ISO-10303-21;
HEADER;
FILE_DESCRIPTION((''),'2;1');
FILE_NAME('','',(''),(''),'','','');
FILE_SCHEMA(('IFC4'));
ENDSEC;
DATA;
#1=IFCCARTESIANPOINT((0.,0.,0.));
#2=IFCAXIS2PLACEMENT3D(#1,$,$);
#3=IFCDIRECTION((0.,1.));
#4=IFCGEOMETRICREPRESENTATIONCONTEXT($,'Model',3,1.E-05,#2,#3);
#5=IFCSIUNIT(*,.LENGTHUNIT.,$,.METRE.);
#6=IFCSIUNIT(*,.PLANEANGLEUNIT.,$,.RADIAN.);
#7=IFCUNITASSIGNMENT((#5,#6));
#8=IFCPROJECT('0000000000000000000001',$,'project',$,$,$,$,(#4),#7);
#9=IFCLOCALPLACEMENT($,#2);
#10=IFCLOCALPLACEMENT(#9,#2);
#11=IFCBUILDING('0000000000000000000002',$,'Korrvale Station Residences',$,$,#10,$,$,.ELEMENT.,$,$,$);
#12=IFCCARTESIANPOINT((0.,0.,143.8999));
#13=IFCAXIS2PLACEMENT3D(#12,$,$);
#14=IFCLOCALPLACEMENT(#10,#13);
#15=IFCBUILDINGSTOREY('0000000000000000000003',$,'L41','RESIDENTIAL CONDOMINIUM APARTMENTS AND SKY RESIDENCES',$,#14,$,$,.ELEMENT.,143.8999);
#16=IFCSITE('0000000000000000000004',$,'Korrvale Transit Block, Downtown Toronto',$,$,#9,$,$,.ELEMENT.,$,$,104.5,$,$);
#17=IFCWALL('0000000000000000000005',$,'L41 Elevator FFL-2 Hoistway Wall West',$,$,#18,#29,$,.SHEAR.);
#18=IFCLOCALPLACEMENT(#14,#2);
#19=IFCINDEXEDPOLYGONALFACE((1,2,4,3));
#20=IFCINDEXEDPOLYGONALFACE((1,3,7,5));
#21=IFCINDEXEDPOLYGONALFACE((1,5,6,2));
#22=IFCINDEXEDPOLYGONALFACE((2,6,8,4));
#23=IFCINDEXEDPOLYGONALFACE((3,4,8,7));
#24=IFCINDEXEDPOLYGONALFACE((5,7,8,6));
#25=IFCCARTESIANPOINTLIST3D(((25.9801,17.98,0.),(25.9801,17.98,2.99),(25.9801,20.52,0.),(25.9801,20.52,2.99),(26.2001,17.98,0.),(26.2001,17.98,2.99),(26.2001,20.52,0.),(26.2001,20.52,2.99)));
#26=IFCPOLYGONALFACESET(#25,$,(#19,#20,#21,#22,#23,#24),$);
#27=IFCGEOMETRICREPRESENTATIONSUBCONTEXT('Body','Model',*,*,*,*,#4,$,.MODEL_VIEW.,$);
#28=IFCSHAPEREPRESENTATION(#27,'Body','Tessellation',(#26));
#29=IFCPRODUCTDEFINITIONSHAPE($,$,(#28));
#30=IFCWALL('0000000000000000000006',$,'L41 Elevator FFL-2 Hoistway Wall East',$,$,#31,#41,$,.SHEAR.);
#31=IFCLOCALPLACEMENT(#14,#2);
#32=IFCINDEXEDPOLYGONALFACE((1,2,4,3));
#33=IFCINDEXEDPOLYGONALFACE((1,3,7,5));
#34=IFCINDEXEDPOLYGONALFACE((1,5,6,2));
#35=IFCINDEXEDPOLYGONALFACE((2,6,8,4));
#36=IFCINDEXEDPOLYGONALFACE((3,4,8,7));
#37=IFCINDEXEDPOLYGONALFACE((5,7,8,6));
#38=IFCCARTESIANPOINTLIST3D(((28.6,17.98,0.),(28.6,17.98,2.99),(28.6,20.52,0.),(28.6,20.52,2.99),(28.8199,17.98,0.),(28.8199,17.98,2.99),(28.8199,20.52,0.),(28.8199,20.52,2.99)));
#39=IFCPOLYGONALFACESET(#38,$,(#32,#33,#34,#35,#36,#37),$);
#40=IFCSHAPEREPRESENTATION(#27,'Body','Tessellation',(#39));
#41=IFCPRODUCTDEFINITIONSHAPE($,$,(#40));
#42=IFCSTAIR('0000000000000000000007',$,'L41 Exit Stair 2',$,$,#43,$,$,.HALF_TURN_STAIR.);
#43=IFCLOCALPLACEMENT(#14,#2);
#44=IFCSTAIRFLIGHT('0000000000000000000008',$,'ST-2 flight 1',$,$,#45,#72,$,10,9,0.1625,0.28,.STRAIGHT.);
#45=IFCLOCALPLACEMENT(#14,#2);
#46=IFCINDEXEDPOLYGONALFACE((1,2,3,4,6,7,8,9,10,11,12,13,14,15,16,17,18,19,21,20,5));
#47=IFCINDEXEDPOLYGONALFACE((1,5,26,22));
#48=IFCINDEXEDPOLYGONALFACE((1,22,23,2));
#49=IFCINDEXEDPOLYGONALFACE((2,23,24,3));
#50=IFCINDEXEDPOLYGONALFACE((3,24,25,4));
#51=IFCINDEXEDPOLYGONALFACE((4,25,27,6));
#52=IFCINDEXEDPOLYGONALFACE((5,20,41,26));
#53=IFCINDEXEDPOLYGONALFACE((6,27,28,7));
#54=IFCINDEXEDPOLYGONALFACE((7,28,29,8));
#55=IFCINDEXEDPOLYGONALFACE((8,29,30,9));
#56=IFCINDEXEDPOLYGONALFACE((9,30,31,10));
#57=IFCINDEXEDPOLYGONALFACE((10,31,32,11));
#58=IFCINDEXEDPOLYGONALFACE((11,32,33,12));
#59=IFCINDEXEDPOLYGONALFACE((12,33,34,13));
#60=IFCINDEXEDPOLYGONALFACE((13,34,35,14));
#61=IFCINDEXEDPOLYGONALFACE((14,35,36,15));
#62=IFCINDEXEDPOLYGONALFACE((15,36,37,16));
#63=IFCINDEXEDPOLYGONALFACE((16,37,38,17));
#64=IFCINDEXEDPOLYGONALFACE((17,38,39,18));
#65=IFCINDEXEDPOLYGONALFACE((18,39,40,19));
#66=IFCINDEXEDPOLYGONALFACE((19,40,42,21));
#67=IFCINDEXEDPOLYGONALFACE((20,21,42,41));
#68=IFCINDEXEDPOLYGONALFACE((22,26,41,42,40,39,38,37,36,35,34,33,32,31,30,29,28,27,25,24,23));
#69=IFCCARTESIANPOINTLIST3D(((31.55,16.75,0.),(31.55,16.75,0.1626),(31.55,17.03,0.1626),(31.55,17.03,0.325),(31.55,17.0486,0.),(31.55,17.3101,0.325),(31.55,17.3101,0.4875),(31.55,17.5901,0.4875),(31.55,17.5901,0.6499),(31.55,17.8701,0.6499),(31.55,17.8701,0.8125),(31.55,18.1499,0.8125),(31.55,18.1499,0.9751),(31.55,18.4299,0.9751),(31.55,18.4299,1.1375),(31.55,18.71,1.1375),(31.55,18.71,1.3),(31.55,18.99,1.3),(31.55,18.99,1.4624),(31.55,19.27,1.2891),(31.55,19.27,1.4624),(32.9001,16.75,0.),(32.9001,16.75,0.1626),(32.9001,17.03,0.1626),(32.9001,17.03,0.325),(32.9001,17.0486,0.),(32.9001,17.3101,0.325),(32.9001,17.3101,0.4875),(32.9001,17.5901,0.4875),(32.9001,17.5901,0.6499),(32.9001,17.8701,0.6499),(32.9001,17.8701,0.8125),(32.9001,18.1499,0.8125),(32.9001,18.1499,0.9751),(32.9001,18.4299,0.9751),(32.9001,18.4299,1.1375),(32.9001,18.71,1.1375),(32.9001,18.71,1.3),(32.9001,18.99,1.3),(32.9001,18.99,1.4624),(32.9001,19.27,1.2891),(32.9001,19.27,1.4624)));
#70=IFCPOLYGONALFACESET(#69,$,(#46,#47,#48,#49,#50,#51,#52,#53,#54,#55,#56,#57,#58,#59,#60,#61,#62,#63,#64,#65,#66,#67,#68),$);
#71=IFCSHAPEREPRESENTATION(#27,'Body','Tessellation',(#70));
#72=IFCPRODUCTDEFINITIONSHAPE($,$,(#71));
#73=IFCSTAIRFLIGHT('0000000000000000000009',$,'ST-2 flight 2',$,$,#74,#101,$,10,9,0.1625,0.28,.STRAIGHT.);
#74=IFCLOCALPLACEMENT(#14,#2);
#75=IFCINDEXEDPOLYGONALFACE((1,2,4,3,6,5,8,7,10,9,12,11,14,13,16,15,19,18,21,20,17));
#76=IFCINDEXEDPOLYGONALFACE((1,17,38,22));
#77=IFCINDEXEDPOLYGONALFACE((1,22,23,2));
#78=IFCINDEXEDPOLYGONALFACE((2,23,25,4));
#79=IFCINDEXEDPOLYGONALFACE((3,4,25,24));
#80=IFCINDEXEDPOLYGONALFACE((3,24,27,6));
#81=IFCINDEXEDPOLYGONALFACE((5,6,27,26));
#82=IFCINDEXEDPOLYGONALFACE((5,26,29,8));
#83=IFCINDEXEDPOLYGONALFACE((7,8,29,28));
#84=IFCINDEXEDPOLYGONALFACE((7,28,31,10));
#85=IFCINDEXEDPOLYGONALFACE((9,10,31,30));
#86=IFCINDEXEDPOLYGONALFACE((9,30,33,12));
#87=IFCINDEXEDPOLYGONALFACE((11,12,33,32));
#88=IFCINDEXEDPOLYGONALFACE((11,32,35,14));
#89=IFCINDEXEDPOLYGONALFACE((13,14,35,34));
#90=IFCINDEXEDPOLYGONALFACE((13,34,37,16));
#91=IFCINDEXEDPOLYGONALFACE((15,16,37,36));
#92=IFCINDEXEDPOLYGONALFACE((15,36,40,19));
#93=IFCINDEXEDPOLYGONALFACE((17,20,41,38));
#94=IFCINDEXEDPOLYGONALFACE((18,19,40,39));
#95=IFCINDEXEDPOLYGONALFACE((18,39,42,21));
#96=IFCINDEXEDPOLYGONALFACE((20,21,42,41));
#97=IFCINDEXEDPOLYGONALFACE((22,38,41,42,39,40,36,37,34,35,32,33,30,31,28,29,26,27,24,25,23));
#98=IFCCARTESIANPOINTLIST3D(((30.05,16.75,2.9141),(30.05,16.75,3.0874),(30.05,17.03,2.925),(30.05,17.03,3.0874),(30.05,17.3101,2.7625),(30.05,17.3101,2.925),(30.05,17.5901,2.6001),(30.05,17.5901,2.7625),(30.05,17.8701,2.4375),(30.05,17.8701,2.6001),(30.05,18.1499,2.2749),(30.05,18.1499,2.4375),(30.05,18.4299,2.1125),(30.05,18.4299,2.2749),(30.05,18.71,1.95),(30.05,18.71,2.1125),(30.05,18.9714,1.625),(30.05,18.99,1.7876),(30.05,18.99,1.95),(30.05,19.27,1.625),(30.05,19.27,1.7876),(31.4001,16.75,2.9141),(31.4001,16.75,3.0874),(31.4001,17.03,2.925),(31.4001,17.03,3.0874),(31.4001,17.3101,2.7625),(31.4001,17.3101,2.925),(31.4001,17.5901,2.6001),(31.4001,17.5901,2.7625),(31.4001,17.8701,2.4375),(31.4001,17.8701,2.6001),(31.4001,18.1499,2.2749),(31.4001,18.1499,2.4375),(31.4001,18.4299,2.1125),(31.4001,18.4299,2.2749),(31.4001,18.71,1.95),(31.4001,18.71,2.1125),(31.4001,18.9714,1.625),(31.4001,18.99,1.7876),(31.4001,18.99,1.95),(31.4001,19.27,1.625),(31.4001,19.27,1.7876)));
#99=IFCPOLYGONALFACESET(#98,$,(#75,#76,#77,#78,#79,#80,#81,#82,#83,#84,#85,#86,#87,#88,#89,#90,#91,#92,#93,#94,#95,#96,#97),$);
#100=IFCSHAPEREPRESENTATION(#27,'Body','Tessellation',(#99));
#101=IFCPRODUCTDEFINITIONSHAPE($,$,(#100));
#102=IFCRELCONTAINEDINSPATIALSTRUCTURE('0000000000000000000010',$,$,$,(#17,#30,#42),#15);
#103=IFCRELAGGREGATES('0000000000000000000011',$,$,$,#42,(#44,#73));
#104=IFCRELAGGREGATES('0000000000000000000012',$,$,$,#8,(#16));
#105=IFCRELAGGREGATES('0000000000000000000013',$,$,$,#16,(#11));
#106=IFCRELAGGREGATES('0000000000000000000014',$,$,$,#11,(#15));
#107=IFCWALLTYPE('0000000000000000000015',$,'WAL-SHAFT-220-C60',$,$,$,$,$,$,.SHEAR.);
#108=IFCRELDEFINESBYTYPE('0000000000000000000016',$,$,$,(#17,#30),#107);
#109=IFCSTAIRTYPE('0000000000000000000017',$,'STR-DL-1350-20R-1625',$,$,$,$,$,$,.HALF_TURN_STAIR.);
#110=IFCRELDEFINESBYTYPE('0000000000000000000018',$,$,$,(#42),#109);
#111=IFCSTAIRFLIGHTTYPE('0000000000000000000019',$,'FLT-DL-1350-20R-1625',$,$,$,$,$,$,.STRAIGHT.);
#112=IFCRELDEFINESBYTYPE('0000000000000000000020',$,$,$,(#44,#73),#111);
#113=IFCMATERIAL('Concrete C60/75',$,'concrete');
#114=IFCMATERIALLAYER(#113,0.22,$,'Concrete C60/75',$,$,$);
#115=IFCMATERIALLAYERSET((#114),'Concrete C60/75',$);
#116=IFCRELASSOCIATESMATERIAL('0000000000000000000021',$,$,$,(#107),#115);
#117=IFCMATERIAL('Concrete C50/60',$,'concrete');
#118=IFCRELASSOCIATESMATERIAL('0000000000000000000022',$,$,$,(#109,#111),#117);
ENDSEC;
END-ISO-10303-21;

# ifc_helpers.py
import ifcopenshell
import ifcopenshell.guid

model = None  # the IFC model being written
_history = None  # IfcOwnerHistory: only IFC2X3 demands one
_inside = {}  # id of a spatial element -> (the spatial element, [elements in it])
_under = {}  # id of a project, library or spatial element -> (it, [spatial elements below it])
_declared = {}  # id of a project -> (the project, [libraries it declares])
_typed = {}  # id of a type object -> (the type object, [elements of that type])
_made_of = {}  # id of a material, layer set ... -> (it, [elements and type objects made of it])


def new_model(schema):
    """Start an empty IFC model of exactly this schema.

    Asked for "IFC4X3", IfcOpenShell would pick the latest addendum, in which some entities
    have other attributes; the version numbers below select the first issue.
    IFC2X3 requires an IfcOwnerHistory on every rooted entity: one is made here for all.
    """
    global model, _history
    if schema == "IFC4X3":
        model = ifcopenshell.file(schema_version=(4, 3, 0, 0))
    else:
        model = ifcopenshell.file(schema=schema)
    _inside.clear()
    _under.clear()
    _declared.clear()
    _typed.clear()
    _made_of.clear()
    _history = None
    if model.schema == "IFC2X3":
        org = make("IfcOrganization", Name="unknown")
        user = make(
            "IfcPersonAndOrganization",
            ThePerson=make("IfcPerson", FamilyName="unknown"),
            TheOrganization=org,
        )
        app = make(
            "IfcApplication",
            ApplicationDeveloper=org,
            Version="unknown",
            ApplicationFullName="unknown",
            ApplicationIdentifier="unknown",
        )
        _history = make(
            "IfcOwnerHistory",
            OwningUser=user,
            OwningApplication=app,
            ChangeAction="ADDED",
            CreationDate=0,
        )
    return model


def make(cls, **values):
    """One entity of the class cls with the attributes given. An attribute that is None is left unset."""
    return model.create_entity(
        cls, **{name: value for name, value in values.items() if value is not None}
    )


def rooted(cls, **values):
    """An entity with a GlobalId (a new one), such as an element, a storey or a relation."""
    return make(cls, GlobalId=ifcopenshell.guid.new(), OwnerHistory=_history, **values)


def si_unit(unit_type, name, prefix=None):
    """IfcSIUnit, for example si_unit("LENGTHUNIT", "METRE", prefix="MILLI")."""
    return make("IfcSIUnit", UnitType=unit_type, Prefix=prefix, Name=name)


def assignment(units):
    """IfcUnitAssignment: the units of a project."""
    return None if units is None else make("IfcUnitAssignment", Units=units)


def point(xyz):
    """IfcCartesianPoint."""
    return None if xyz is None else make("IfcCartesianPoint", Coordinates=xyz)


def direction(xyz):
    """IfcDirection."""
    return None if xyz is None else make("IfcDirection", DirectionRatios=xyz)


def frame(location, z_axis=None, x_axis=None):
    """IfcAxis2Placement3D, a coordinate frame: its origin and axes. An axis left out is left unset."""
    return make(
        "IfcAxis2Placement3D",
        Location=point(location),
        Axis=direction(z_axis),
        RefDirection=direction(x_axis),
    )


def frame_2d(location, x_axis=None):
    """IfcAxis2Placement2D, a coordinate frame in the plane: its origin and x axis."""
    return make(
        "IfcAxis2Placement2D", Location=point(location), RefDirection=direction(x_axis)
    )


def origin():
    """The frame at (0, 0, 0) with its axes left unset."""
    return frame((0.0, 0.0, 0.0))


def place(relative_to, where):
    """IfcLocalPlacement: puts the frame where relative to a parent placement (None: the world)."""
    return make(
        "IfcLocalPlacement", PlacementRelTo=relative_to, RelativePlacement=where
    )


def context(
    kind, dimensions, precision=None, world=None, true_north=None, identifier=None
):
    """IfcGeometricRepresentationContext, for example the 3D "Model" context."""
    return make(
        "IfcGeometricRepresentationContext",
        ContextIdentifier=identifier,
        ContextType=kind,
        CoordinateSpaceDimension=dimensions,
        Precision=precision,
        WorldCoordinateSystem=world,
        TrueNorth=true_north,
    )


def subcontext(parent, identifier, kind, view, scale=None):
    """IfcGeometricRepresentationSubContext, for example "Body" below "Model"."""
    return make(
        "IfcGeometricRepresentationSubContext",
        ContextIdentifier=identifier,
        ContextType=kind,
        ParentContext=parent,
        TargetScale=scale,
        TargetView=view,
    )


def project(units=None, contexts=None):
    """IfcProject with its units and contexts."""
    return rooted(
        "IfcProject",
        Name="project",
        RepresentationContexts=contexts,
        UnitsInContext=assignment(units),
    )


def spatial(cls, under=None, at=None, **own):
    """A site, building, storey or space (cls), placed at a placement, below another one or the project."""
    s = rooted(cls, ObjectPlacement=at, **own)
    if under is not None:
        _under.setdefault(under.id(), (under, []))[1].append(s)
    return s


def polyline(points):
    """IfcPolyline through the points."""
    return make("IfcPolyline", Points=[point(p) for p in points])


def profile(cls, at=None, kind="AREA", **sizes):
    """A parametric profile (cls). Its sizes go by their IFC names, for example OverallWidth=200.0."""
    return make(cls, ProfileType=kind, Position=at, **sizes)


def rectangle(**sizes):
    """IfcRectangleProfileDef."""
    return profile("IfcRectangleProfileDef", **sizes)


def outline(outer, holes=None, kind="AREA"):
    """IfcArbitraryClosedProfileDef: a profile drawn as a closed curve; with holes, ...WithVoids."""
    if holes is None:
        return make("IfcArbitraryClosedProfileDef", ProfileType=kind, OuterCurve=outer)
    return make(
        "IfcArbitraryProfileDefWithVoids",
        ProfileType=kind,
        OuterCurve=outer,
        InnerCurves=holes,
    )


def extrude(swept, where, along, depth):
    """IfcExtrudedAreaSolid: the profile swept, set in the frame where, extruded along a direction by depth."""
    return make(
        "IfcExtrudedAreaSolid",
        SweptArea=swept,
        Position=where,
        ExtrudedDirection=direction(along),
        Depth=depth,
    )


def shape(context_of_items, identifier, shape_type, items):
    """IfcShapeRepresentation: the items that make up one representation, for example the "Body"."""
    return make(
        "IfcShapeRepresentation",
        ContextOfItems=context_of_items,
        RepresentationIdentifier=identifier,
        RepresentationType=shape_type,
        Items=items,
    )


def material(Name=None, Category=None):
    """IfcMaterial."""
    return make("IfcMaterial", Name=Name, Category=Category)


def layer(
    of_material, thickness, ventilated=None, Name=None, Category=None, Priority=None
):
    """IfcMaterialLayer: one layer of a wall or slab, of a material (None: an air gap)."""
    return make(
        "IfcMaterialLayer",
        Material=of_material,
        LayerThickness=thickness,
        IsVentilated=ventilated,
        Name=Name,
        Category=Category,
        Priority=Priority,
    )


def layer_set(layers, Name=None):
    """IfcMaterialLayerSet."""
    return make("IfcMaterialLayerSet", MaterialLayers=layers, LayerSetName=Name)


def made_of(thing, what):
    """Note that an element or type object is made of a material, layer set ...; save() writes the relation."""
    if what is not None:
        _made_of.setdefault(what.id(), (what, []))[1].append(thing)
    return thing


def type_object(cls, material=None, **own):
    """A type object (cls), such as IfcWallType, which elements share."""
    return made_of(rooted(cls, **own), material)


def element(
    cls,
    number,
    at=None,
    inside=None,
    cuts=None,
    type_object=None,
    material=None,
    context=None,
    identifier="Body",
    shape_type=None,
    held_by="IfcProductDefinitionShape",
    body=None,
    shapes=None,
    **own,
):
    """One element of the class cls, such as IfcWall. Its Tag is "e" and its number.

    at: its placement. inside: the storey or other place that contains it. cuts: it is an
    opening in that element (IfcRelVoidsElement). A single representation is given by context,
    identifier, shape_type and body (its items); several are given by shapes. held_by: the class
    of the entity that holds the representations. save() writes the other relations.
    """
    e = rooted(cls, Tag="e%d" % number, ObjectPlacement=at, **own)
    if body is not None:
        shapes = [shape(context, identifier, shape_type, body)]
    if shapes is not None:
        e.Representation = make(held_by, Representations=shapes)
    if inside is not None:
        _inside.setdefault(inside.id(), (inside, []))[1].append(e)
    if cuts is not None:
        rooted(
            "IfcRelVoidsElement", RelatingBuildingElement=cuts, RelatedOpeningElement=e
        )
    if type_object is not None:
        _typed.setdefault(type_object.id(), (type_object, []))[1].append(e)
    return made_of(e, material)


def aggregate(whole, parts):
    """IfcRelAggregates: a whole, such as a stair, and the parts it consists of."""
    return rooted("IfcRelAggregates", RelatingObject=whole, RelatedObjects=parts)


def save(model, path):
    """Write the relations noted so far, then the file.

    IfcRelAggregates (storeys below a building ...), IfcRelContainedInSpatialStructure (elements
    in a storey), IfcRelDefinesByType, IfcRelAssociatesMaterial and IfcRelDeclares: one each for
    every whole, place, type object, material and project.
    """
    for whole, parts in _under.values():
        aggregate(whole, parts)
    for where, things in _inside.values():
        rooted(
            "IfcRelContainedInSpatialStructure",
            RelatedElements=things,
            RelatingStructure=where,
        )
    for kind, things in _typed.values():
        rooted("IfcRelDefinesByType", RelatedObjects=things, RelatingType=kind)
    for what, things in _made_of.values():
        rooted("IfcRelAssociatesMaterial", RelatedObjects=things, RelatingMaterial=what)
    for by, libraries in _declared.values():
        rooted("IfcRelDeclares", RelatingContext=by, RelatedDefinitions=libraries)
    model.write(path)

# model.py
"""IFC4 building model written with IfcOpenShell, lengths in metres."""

from ifc_helpers import new_model, si_unit, direction, frame, frame_2d, origin, place, context, subcontext, project, spatial, polyline, rectangle, outline, extrude, material, layer, layer_set, type_object, element, aggregate, save


model = new_model("IFC4")

# Units and contexts
model_context = context("Model", 3, precision=1e-05, world=origin(), true_north=direction((0.0, 1.0)))
body_context = subcontext(model_context, "Body", "Model", "MODEL_VIEW")
ifc_project = project(units=[si_unit("LENGTHUNIT", "METRE"), si_unit("PLANEANGLEUNIT", "RADIAN")], contexts=[model_context])

# Site, building, storey
site_placement = place(None, origin())
site = spatial("IfcSite", under=ifc_project, at=site_placement, Name="Korrvale Transit Block, Downtown Toronto", CompositionType="ELEMENT", RefElevation=104.5)
building_placement = place(site_placement, origin())
building = spatial("IfcBuilding", under=site, at=building_placement, Name="Korrvale Station Residences", CompositionType="ELEMENT")
storey_placement = place(building_placement, frame((0.0, 0.0, 143.8999)))
storey = spatial("IfcBuildingStorey", under=building, at=storey_placement, Name="L41", Description="RESIDENTIAL CONDOMINIUM APARTMENTS AND SKY RESIDENCES", CompositionType="ELEMENT", Elevation=143.8999)

# Shared definitions
ifc_material_1 = material(Name="Concrete C60/75", Category="concrete")

# Shared definitions
ifc_layer_1 = layer(ifc_material_1, 0.22, Name="Concrete C60/75")
ifc_layer_set_1 = layer_set([ifc_layer_1], Name="Concrete C60/75")
wall_type_1 = type_object("IfcWallType", Name="WAL-SHAFT-220-C60", PredefinedType="SHEAR", material=ifc_layer_set_1)

# Walls
for number, where, z_axis, x_axis, name in (
    (1, (26.0901, 17.98, 0.0), (0.0, 0.0, 1.0), (0.0, 1.0, 0.0), "L41 Elevator FFL-2 Hoistway Wall West"),
    (2, (28.71, 17.98, 0.0), (0.0, 0.0, 1.0), (0.0, 1.0, 0.0), "L41 Elevator FFL-2 Hoistway Wall East"),
):
    element("IfcWall", number, at=place(storey_placement, frame(where, z_axis=z_axis, x_axis=x_axis)), inside=storey, type_object=wall_type_1, Name=name, PredefinedType="SHEAR", context=body_context, shape_type="SweptSolid", body=[
        extrude(rectangle(XDim=2.54, YDim=0.22, at=frame_2d((1.27, 0.0))), origin(), (0.0, 0.0, 1.0), 2.99),
    ])

# Stair, stair flights
ifc_material_2 = material(Name="Concrete C50/60", Category="concrete")
stair_type = type_object("IfcStairType", Name="STR-DL-1350-20R-1625", PredefinedType="HALF_TURN_STAIR", material=ifc_material_2)
stair_placement = place(storey_placement, origin())
stair = element("IfcStair", 3, at=stair_placement, inside=storey, type_object=stair_type, Name="L41 Exit Stair 2", PredefinedType="HALF_TURN_STAIR")
stair_flight_type = type_object("IfcStairFlightType", Name="FLT-DL-1350-20R-1625", PredefinedType="STRAIGHT", material=ifc_material_2)
stair_flight_1_placement = place(storey_placement, frame((32.2251, 16.75, 0.0), z_axis=(0.0, 0.0, 1.0), x_axis=(0.0, 1.0, 0.0)))
stair_flight_1 = element("IfcStairFlight", 4, at=stair_flight_1_placement, type_object=stair_flight_type, Name="ST-2 flight 1", NumberOfRisers=10, NumberOfTreads=9, PredefinedType="STRAIGHT", RiserHeight=0.1625, TreadLength=0.28, context=body_context, shape_type="SweptSolid", body=[
    extrude(outline(polyline([(0.0, 0.0), (0.0, 0.1626), (0.28, 0.1626), (0.28, 0.325), (0.5601, 0.325), (0.5601, 0.4875), (0.8401, 0.4875), (0.8401, 0.6499), (1.1201, 0.6499), (1.1201, 0.8125), (1.3999, 0.8125), (1.3999, 0.9751), (1.6799, 0.9751), (1.6799, 1.1375), (1.96, 1.1375), (1.96, 1.3), (2.24, 1.3), (2.24, 1.4624), (2.52, 1.4624), (2.52, 1.625), (2.52, 1.2891), (0.2986, 0.0), (0.0, 0.0)])), frame((0.0, 0.675, 0.0), z_axis=(0.0, -1.0, 0.0), x_axis=(1.0, 0.0, 0.0)), (0.0, 0.0, 1.0), 1.3501),
])
stair_flight_2_placement = place(storey_placement, frame((30.7251, 19.27, 1.625), z_axis=(0.0, 0.0, 1.0), x_axis=(0.0, -1.0, 0.0)))
stair_flight_2 = element("IfcStairFlight", 5, at=stair_flight_2_placement, type_object=stair_flight_type, Name="ST-2 flight 2", NumberOfRisers=10, NumberOfTreads=9, PredefinedType="STRAIGHT", RiserHeight=0.1625, TreadLength=0.28, context=body_context, shape_type="SweptSolid", body=[
    extrude(outline(polyline([(0.0, 0.0), (0.0, 0.1626), (0.28, 0.1626), (0.28, 0.325), (0.5601, 0.325), (0.5601, 0.4875), (0.8401, 0.4875), (0.8401, 0.6499), (1.1201, 0.6499), (1.1201, 0.8125), (1.3999, 0.8125), (1.3999, 0.9751), (1.6799, 0.9751), (1.6799, 1.1375), (1.96, 1.1375), (1.96, 1.3), (2.24, 1.3), (2.24, 1.4624), (2.52, 1.4624), (2.52, 1.625), (2.52, 1.2891), (0.2986, 0.0), (0.0, 0.0)])), frame((0.0, 0.675, 0.0), z_axis=(0.0, -1.0, 0.0), x_axis=(1.0, 0.0, 0.0)), (0.0, 0.0, 1.0), 1.3501),
])
aggregate(stair, [stair_flight_1, stair_flight_2])

save(model, "model.ifc")
